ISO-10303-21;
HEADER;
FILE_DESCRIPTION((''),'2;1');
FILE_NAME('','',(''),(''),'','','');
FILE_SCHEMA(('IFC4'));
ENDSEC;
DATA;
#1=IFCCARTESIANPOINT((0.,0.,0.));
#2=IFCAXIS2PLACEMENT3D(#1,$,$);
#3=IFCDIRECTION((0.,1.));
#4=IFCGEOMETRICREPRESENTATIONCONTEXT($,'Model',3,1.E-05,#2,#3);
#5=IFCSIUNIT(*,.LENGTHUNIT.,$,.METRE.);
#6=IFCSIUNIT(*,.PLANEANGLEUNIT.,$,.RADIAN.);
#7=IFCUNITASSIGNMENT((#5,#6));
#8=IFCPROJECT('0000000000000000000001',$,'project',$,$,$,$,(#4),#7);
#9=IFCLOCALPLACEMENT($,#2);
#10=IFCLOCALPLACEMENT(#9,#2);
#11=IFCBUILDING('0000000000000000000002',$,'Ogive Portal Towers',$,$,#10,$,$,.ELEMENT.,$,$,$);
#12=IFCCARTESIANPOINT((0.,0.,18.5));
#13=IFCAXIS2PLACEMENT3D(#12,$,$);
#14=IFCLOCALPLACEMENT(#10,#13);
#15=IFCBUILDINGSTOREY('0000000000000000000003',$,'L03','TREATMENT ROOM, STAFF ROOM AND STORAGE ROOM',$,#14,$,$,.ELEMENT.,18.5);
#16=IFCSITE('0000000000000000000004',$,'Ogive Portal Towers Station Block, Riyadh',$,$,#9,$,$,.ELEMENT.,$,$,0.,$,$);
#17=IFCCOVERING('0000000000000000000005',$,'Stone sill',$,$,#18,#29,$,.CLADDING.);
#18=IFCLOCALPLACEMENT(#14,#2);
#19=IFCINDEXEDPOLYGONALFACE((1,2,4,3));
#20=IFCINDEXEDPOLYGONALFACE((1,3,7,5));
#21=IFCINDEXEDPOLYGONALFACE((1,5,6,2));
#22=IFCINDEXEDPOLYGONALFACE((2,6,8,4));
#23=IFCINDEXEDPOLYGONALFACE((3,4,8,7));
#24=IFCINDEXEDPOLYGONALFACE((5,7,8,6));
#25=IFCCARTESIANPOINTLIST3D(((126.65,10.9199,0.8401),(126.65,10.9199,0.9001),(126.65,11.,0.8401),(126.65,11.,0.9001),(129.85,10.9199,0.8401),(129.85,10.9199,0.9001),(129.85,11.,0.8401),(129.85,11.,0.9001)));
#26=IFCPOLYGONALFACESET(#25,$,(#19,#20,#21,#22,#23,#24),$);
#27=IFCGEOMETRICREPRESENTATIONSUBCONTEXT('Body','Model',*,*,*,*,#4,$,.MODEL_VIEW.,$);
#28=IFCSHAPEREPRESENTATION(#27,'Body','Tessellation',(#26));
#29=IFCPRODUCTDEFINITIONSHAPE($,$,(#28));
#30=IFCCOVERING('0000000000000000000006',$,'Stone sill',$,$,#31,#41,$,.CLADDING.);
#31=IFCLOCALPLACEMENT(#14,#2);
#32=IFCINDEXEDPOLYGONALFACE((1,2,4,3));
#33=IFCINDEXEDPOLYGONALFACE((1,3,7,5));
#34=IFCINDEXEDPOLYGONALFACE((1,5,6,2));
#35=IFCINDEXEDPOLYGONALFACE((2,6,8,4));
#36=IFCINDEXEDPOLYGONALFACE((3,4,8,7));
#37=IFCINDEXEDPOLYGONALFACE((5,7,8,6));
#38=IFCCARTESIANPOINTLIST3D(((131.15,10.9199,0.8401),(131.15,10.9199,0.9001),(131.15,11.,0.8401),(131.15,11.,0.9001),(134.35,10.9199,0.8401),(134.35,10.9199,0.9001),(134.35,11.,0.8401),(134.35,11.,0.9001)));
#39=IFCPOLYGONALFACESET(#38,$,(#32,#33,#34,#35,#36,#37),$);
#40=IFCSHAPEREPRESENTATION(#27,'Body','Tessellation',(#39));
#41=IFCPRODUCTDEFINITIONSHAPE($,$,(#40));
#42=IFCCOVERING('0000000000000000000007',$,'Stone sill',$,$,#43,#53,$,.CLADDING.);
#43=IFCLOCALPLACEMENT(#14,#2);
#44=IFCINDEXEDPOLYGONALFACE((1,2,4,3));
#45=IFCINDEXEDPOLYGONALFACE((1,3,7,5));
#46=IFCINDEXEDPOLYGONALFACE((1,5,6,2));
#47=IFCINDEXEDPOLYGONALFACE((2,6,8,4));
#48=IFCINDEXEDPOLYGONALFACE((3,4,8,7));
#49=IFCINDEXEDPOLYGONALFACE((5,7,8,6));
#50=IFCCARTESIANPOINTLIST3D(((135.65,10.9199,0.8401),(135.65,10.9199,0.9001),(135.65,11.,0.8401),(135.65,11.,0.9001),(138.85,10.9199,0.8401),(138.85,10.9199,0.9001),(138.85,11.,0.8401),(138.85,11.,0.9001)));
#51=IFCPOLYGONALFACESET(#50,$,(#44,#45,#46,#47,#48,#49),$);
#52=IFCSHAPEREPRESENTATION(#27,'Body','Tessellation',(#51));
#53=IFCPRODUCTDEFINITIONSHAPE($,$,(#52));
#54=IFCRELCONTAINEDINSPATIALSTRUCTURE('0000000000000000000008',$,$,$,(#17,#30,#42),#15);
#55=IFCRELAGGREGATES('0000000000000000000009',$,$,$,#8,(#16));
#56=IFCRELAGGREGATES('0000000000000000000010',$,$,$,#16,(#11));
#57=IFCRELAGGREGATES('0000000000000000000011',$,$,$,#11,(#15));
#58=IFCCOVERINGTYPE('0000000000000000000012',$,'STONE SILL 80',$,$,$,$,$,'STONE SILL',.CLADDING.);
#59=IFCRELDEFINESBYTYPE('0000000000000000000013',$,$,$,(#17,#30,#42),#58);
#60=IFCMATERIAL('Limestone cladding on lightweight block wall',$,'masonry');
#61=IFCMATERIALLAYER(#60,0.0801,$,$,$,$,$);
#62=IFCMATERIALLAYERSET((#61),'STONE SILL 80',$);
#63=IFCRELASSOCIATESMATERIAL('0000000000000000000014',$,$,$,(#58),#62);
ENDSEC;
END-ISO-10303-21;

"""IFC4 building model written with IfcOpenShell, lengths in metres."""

from ifc_helpers import new_model, si_unit, direction, frame, origin, origin_2d, place, context, subcontext, project, spatial, rectangle, extrude, material, layer, layer_set, type_object, element, save


model = new_model("IFC4")

# Units and contexts
model_context = context("Model", 3, precision=1e-05, world=origin(), true_north=direction((0.0, 1.0)))
body_context = subcontext(model_context, "Body", "Model", "MODEL_VIEW")
ifc_project = project(units=[si_unit("LENGTHUNIT", "METRE"), si_unit("PLANEANGLEUNIT", "RADIAN")], contexts=[model_context])

# Site, building, storey
site_placement = place(None, origin())
site = spatial("IfcSite", under=ifc_project, at=site_placement, Name="Ogive Portal Towers Station Block, Riyadh", CompositionType="ELEMENT", RefElevation=0.0)
building_placement = place(site_placement, origin())
building = spatial("IfcBuilding", under=site, at=building_placement, Name="Ogive Portal Towers", CompositionType="ELEMENT")
storey_placement = place(building_placement, frame((0.0, 0.0, 18.5)))
storey = spatial("IfcBuildingStorey", under=building, at=storey_placement, Name="L03", Description="TREATMENT ROOM, STAFF ROOM AND STORAGE ROOM", CompositionType="ELEMENT", Elevation=18.5)

# Coverings
ifc_material_1 = material(Name="Limestone cladding on lightweight block wall", Category="masonry")
ifc_layer_1 = layer(ifc_material_1, 0.0801)
ifc_layer_set_1 = layer_set([ifc_layer_1], Name="STONE SILL 80")
covering_type = type_object("IfcCoveringType", Name="STONE SILL 80", ElementType="STONE SILL", PredefinedType="CLADDING", material=ifc_layer_set_1)
for number, where, z_axis, x_axis, name in (
    (1, (128.25, 10.96, 0.8401), (0.0, 0.0, 1.0), (1.0, 0.0, 0.0), "Stone sill"),
    (2, (132.75, 10.96, 0.8401), (0.0, 0.0, 1.0), (1.0, 0.0, 0.0), "Stone sill"),
    (3, (137.25, 10.96, 0.8401), (0.0, 0.0, 1.0), (1.0, 0.0, 0.0), "Stone sill"),
):
    element("IfcCovering", number, at=place(storey_placement, frame(where, z_axis=z_axis, x_axis=x_axis)), inside=storey, type_object=covering_type, Name=name, PredefinedType="CLADDING", context=body_context, shape_type="SweptSolid", body=[
        extrude(rectangle(XDim=3.2, YDim=0.0801, at=origin_2d()), origin(), (0.0, 0.0, 1.0), 0.0601),
    ])

save(model, "model.ifc")
